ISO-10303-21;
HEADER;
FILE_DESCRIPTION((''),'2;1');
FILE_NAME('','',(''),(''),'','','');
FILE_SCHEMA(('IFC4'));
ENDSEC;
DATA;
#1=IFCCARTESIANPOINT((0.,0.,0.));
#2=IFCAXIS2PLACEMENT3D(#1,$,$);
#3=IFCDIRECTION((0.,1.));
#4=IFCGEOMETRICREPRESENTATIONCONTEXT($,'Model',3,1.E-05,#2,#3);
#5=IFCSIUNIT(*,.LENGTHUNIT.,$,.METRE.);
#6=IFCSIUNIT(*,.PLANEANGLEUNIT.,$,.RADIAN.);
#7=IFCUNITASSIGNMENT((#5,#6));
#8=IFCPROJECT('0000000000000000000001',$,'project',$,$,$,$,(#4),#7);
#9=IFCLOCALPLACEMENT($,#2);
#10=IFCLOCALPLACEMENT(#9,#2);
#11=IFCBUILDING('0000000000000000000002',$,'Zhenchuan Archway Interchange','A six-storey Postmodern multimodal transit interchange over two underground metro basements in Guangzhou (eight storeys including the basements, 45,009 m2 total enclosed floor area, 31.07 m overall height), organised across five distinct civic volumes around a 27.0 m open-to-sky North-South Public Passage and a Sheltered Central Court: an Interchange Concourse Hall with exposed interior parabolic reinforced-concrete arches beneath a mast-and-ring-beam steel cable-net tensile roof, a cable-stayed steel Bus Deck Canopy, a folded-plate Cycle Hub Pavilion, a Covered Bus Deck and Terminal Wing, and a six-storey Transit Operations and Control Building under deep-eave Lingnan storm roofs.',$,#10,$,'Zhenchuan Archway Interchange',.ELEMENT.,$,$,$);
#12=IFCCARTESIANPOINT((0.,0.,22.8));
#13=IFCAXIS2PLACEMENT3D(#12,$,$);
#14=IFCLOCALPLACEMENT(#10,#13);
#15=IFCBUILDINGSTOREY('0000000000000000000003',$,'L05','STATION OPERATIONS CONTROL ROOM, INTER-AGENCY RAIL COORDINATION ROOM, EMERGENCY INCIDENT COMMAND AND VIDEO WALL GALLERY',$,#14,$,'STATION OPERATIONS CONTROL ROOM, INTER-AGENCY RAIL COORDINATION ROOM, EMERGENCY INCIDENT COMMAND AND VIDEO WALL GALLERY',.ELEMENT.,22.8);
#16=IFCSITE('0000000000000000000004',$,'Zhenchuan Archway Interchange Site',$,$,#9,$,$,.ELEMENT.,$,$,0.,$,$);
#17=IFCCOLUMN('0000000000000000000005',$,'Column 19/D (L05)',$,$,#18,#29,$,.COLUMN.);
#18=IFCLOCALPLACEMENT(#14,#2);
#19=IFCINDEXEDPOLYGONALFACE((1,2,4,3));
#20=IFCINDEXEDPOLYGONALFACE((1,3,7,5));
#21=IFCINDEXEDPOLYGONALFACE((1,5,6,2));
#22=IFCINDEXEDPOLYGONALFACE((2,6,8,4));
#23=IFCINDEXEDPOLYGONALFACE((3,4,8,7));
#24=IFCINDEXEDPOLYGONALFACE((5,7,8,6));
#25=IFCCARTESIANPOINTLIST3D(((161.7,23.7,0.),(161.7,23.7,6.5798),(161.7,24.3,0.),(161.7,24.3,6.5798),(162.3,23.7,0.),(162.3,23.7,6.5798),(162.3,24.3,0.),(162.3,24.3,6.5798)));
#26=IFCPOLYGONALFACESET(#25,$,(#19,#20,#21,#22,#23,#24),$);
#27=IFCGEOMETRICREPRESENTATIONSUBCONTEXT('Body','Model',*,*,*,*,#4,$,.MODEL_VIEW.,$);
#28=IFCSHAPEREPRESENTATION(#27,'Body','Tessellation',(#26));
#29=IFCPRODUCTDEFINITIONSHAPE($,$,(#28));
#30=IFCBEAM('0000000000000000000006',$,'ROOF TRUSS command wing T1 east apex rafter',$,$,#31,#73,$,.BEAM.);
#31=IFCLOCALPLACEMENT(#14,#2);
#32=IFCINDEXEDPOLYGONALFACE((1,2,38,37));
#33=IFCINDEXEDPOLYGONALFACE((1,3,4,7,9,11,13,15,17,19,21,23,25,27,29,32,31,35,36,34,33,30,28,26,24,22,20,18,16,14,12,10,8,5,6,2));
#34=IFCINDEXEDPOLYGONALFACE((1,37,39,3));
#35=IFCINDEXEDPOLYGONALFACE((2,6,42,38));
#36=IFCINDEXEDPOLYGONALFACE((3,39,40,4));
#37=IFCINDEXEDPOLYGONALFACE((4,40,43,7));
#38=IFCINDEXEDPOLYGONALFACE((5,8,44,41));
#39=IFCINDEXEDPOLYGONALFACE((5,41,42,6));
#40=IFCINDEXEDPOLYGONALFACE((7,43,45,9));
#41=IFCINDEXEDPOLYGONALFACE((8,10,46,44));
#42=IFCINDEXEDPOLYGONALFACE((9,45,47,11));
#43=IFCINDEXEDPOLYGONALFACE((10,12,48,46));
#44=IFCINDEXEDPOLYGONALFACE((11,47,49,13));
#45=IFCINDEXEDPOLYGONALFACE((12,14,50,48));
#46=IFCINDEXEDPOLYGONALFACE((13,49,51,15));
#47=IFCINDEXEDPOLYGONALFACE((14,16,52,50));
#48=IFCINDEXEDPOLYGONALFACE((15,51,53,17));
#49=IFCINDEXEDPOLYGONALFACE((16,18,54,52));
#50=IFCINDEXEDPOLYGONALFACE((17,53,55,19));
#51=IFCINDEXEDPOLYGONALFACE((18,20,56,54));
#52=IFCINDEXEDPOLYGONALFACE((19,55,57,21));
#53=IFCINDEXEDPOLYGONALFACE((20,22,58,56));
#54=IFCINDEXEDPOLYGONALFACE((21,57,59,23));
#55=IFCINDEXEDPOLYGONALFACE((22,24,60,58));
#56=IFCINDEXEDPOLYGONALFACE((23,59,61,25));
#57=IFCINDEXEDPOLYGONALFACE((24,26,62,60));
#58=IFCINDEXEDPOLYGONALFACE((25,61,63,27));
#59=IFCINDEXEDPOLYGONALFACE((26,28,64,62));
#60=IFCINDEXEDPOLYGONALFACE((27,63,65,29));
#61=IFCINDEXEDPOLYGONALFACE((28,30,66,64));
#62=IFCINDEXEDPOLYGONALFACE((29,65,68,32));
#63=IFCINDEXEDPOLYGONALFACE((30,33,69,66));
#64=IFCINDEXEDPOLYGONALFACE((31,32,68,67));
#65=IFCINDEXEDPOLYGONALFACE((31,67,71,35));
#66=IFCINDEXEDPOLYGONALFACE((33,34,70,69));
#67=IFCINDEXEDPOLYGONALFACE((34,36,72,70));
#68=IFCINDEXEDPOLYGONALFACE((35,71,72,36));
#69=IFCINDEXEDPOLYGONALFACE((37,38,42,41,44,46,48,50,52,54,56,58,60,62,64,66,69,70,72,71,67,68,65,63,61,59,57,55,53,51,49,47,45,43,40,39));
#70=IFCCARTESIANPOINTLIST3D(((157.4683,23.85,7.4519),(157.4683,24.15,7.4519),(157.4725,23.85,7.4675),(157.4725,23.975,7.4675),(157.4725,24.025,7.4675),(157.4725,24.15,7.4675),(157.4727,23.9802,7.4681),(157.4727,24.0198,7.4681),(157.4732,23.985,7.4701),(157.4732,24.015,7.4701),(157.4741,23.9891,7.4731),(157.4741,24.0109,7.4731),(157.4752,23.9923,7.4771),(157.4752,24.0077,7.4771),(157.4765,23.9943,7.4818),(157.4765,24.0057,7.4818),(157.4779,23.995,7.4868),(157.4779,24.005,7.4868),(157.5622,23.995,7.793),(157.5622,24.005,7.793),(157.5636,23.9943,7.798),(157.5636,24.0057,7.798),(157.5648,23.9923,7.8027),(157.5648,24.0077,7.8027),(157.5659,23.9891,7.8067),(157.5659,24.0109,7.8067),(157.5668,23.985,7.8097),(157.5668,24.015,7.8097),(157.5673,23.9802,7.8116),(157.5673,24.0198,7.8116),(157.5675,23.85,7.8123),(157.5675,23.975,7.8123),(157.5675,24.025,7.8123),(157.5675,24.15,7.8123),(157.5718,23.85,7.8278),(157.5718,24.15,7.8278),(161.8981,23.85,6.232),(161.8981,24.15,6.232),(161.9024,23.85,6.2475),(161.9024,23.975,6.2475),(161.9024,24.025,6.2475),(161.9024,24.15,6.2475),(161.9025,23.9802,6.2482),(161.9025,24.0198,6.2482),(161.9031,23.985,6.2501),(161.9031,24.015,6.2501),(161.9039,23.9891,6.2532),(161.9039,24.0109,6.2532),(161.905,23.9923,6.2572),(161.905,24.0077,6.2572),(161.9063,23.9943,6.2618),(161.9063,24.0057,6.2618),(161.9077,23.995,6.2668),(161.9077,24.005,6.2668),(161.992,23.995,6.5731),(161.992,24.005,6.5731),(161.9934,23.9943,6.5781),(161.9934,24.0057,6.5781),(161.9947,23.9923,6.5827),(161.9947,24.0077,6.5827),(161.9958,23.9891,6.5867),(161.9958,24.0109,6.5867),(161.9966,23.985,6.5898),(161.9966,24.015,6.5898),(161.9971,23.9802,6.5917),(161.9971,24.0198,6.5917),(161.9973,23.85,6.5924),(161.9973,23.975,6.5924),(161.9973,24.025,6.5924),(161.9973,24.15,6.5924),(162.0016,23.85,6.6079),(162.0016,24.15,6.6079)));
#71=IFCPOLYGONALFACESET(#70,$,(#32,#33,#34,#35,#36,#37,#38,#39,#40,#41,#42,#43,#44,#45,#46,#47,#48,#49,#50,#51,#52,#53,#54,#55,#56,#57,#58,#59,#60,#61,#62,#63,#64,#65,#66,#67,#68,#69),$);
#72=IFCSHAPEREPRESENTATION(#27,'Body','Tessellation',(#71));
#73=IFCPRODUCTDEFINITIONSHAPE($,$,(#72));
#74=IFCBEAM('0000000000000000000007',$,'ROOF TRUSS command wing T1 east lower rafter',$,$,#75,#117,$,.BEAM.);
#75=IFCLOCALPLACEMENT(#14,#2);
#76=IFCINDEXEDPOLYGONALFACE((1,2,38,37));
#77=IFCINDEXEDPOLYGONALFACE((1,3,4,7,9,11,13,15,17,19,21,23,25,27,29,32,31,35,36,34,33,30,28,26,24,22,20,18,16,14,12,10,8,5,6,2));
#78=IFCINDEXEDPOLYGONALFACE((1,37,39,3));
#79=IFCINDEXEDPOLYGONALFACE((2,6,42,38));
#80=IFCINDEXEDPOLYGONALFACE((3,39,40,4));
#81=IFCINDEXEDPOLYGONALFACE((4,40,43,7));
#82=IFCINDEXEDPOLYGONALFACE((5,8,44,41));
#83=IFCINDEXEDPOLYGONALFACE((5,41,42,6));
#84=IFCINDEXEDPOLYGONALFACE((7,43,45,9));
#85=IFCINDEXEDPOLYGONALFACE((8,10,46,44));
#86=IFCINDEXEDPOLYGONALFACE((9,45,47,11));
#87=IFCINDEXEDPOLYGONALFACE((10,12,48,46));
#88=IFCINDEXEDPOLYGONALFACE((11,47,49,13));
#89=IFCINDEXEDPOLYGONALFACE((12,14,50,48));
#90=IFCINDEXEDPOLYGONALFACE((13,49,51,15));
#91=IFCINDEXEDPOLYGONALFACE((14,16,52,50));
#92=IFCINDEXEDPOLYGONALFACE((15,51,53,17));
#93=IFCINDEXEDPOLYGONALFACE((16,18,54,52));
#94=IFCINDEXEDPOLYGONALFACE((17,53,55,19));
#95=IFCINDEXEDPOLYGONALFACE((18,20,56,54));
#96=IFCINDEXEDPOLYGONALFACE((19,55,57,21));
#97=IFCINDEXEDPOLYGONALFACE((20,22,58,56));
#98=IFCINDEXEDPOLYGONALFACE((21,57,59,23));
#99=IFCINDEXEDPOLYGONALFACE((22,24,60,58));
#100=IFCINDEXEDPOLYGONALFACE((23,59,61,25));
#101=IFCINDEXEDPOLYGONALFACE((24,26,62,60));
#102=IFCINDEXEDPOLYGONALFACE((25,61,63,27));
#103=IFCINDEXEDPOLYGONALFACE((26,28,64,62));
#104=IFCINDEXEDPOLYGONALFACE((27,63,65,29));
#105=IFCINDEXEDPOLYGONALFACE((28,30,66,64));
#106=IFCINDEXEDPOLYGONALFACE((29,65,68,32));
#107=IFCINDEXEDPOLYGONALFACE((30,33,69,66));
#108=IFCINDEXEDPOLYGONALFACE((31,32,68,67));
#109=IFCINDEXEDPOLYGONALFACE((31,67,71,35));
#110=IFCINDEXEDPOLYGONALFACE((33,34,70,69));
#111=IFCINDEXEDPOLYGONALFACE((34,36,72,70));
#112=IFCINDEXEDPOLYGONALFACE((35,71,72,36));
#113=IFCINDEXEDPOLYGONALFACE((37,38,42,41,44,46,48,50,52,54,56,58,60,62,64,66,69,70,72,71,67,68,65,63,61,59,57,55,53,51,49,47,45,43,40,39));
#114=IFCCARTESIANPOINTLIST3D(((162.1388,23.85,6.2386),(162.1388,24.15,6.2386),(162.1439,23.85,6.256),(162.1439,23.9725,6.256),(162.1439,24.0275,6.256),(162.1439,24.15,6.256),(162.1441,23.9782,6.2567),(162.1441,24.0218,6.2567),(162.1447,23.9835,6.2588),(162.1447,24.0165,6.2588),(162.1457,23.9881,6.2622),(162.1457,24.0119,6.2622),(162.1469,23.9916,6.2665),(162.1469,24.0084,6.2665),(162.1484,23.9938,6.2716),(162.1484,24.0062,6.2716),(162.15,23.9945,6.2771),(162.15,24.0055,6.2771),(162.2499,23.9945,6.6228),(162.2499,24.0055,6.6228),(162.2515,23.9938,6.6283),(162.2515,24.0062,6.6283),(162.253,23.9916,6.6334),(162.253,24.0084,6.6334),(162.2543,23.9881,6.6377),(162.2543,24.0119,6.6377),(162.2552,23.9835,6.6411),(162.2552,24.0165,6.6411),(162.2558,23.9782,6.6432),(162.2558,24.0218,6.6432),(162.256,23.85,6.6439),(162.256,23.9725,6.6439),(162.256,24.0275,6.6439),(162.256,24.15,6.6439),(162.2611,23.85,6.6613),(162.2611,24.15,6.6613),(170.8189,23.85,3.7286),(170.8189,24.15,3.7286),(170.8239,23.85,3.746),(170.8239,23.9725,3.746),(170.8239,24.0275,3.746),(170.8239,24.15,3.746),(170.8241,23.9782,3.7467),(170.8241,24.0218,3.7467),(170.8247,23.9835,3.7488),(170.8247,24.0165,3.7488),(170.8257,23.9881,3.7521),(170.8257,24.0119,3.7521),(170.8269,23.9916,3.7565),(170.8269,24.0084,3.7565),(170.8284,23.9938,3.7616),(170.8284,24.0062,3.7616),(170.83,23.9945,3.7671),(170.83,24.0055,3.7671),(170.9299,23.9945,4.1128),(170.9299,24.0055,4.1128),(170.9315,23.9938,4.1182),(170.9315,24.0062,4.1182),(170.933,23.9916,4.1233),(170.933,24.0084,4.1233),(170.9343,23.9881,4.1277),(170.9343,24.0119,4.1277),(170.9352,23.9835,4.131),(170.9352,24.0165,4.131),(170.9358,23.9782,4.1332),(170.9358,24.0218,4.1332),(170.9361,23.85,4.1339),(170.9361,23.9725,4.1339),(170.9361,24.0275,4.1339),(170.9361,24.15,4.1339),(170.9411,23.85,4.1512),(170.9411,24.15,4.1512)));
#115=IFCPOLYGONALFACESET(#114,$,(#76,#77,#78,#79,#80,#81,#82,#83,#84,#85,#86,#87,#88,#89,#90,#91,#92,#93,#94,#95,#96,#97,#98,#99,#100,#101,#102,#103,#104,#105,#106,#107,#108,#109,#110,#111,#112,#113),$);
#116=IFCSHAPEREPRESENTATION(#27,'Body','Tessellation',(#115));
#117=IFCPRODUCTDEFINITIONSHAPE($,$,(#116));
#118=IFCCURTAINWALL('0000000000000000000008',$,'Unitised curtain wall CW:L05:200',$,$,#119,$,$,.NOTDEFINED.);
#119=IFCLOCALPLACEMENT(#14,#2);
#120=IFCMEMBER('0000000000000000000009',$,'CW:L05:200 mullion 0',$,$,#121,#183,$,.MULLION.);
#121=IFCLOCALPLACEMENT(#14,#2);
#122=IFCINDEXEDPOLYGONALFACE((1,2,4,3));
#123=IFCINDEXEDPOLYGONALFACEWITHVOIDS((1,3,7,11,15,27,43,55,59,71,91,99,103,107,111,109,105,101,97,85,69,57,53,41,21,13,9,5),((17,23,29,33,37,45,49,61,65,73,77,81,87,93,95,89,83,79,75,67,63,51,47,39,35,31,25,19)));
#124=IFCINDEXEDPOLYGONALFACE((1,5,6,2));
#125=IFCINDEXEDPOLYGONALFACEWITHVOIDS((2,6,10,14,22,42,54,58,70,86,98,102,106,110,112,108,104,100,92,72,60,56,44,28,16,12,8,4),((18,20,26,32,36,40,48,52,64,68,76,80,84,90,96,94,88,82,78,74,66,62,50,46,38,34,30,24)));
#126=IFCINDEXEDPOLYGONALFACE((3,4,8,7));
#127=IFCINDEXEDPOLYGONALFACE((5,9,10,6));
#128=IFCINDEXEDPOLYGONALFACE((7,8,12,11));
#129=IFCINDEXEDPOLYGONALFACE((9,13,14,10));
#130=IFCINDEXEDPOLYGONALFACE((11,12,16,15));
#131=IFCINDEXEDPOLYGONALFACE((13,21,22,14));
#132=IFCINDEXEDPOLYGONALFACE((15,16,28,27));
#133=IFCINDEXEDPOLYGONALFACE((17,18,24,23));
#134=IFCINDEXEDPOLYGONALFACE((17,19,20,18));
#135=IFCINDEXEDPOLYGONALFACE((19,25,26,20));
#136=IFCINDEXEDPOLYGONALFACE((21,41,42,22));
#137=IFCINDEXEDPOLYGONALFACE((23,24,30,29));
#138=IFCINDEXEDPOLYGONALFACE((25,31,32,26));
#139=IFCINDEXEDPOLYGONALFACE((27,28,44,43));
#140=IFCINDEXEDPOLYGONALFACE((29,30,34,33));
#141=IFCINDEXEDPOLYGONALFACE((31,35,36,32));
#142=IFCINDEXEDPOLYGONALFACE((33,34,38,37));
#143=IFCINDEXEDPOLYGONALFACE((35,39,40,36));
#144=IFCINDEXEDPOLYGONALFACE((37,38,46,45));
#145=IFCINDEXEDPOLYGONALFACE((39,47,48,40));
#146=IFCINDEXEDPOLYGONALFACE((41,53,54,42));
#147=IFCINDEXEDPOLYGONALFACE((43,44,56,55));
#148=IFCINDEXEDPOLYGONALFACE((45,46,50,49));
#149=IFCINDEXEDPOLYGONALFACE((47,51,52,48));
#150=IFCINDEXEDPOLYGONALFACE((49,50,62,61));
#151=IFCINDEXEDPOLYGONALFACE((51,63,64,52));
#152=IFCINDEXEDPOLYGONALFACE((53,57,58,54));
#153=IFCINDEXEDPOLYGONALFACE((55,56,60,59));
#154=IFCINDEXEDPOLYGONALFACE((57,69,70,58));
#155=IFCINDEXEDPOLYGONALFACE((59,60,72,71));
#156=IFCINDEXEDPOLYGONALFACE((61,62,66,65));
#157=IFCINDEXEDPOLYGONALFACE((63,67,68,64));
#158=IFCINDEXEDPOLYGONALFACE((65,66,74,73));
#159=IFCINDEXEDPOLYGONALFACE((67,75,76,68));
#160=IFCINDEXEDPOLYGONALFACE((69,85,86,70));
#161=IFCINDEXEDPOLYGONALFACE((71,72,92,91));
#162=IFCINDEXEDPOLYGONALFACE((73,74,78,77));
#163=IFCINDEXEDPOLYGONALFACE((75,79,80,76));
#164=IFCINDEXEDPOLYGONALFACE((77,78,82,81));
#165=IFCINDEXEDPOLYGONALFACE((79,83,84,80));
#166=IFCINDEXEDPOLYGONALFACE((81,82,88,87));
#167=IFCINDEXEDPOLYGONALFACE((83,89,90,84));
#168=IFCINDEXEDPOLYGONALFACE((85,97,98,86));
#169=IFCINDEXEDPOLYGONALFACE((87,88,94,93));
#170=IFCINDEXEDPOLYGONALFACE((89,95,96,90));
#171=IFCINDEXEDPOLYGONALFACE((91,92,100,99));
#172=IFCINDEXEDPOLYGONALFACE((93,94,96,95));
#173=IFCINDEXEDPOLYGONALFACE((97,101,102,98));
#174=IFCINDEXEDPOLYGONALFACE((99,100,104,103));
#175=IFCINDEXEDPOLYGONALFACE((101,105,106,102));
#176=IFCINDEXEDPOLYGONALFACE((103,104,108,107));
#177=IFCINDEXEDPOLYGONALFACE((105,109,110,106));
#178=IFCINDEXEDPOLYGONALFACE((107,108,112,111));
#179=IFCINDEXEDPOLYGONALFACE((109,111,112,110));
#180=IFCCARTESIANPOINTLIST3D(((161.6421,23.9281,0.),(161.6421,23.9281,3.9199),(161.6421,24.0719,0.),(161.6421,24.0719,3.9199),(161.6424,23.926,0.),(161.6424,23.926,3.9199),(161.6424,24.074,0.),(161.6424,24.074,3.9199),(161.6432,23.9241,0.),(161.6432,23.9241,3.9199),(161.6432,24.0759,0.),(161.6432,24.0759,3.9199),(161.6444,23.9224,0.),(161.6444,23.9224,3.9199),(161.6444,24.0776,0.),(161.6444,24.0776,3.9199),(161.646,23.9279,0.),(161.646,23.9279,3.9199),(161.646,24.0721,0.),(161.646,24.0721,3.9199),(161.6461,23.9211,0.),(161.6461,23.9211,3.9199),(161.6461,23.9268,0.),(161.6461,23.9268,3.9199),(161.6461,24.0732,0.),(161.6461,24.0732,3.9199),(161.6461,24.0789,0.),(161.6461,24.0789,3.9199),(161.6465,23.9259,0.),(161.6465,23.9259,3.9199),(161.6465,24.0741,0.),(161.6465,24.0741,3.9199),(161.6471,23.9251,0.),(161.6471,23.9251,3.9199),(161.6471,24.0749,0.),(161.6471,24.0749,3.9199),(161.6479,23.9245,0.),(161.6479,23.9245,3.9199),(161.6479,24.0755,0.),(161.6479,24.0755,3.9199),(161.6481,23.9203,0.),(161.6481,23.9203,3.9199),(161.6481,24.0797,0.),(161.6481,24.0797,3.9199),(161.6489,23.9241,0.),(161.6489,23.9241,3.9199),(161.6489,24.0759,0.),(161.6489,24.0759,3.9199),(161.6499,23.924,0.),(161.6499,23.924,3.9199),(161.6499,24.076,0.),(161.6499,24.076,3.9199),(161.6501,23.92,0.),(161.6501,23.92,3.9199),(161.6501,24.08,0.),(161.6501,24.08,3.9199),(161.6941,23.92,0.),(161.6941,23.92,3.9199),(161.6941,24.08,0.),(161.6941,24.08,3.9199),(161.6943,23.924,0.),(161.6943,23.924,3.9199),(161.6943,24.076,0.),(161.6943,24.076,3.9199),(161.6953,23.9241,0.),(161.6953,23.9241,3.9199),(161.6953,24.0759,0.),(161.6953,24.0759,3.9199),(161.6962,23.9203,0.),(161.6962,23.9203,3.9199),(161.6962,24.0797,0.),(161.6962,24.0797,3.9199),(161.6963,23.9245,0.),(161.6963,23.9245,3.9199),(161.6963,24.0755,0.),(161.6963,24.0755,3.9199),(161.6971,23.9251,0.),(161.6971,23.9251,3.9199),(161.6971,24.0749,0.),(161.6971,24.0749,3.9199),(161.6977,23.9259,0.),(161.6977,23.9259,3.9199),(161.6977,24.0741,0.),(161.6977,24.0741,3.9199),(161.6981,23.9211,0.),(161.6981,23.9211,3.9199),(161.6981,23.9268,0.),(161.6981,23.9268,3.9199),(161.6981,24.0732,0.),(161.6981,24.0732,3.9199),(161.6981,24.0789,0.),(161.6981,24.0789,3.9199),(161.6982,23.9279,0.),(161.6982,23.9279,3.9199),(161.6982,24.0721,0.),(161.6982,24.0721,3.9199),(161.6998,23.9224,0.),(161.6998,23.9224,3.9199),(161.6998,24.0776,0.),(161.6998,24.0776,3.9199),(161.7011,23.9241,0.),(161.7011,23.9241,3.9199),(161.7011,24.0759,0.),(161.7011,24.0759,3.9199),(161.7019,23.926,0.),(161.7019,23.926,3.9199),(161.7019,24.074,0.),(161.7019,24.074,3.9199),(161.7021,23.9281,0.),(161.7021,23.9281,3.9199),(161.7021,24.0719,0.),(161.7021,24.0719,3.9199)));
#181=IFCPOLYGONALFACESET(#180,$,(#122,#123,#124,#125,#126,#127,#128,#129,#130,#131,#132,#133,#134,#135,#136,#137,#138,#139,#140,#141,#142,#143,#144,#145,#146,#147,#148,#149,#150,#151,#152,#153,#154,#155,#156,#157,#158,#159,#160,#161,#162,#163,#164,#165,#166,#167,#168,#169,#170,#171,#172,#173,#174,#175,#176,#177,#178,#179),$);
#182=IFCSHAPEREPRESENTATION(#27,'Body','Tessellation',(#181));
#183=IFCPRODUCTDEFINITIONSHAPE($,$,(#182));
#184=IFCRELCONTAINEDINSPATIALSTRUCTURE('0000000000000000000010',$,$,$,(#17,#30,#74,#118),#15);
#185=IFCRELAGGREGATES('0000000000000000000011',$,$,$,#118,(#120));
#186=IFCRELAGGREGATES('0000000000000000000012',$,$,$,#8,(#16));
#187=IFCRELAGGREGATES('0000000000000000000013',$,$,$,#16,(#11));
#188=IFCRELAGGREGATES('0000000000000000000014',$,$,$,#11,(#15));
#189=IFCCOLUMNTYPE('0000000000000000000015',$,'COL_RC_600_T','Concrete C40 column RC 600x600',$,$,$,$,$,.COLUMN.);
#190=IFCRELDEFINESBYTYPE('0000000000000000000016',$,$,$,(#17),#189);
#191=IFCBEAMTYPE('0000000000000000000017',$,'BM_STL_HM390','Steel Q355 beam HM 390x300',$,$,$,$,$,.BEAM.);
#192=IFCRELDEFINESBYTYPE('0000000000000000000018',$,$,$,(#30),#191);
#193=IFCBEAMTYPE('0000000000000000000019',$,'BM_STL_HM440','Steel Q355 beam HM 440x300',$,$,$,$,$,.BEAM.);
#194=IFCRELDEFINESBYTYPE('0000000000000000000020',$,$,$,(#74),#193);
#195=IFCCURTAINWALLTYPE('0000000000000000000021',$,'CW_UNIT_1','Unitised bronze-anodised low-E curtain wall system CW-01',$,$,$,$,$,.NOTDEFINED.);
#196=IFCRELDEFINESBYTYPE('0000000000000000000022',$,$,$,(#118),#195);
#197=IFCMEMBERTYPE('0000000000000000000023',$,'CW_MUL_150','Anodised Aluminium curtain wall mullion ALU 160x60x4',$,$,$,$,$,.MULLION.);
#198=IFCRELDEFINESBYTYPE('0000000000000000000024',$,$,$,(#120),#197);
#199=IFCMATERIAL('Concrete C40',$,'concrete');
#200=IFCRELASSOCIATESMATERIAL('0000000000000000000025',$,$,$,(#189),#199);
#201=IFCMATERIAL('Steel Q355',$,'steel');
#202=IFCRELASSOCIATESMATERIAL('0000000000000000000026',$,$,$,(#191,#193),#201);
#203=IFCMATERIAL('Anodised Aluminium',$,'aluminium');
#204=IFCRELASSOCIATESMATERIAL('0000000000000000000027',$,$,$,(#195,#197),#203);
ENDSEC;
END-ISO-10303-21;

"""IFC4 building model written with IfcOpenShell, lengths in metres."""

from ifc_helpers import new_model, si_unit, direction, frame, origin, origin_2d, place, context, subcontext, project, spatial, rectangle, hollow_rectangle, i_section, extrude, material, material_profile, profile_set, type_object, element, aggregate, save


model = new_model("IFC4")

# Units and contexts
model_context = context("Model", 3, precision=1e-05, world=origin(), true_north=direction((0.0, 1.0)))
body_context = subcontext(model_context, "Body", "Model", "MODEL_VIEW")
ifc_project = project(units=[si_unit("LENGTHUNIT", "METRE"), si_unit("PLANEANGLEUNIT", "RADIAN")], contexts=[model_context])

# Site, building, storey
site_placement = place(None, origin())
site = spatial("IfcSite", under=ifc_project, at=site_placement, Name="Zhenchuan Archway Interchange Site", CompositionType="ELEMENT", RefElevation=0.0)
building_placement = place(site_placement, origin())
building = spatial("IfcBuilding", under=site, at=building_placement, Name="Zhenchuan Archway Interchange", Description="A six-storey Postmodern multimodal transit interchange over two underground metro basements in Guangzhou (eight storeys including the basements, 45,009 m2 total enclosed floor area, 31.07 m overall height), organised across five distinct civic volumes around a 27.0 m open-to-sky North-South Public Passage and a Sheltered Central Court: an Interchange Concourse Hall with exposed interior parabolic reinforced-concrete arches beneath a mast-and-ring-beam steel cable-net tensile roof, a cable-stayed steel Bus Deck Canopy, a folded-plate Cycle Hub Pavilion, a Covered Bus Deck and Terminal Wing, and a six-storey Transit Operations and Control Building under deep-eave Lingnan storm roofs.", LongName="Zhenchuan Archway Interchange", CompositionType="ELEMENT")
storey_placement = place(building_placement, frame((0.0, 0.0, 22.8)))
storey = spatial("IfcBuildingStorey", under=building, at=storey_placement, Name="L05", Description="STATION OPERATIONS CONTROL ROOM, INTER-AGENCY RAIL COORDINATION ROOM, EMERGENCY INCIDENT COMMAND AND VIDEO WALL GALLERY", LongName="STATION OPERATIONS CONTROL ROOM, INTER-AGENCY RAIL COORDINATION ROOM, EMERGENCY INCIDENT COMMAND AND VIDEO WALL GALLERY", CompositionType="ELEMENT", Elevation=22.8)

# Column
ifc_material_1 = material(Name="Concrete C40", Category="concrete")
ifc_material_profile_1 = material_profile(ifc_material_1, rectangle(XDim=0.6001, YDim=0.6001, at=origin_2d()), Name="RC 600x600")
ifc_profile_set_1 = profile_set([ifc_material_profile_1], Name="Concrete C40")
column_type = type_object("IfcColumnType", Name="COL_RC_600_T", Description="Concrete C40 column RC 600x600", PredefinedType="COLUMN", material=ifc_profile_set_1)
column_placement = place(storey_placement, frame((162.0, 24.0, 0.0), z_axis=(0.0, 0.0, 1.0), x_axis=(1.0, 0.0, 0.0)))
element("IfcColumn", 1, at=column_placement, inside=storey, type_object=column_type, Name="Column 19/D (L05)", PredefinedType="COLUMN", context=body_context, shape_type="SweptSolid", body=[
    extrude(rectangle(XDim=0.6001, YDim=0.6001, at=origin_2d()), origin(), (0.0, 0.0, 1.0), 6.5798),
])

# Beams
ifc_material_2 = material(Name="Steel Q355", Category="steel")
ifc_material_profile_2 = material_profile(ifc_material_2, i_section(OverallWidth=0.3, OverallDepth=0.3899, WebThickness=0.01, FlangeThickness=0.0161, FilletRadius=0.02, at=origin_2d()), Name="HM 390x300")
ifc_profile_set_2 = profile_set([ifc_material_profile_2], Name="Steel Q355")
beam_type_1 = type_object("IfcBeamType", Name="BM_STL_HM390", Description="Steel Q355 beam HM 390x300", PredefinedType="BEAM", material=ifc_profile_set_2)
beam_1_placement = place(storey_placement, frame((157.52, 24.0, 7.6399), z_axis=(0.964109, 0.0, -0.265508), x_axis=(0.0, 1.0, 0.0)))
element("IfcBeam", 2, at=beam_1_placement, inside=storey, type_object=beam_type_1, Name="ROOF TRUSS command wing T1 east apex rafter", PredefinedType="BEAM", context=body_context, shape_type="SweptSolid", body=[
    extrude(i_section(OverallWidth=0.3, OverallDepth=0.3899, WebThickness=0.01, FlangeThickness=0.0161, FilletRadius=0.02, at=origin_2d()), origin(), (0.0, 0.0, 1.0), 4.5947),
])
ifc_material_profile_3 = material_profile(ifc_material_2, i_section(OverallWidth=0.3, OverallDepth=0.4399, WebThickness=0.011, FlangeThickness=0.0181, FilletRadius=0.022, at=origin_2d()), Name="HM 440x300")
ifc_profile_set_3 = profile_set([ifc_material_profile_3], Name="Steel Q355")
beam_type_2 = type_object("IfcBeamType", Name="BM_STL_HM440", Description="Steel Q355 beam HM 440x300", PredefinedType="BEAM", material=ifc_profile_set_3)
beam_2_placement = place(storey_placement, frame((162.2, 24.0, 6.45), z_axis=(0.960641, 0.0, -0.277792), x_axis=(0.0, 1.0, 0.0)))
element("IfcBeam", 3, at=beam_2_placement, inside=storey, type_object=beam_type_2, Name="ROOF TRUSS command wing T1 east lower rafter", PredefinedType="BEAM", context=body_context, shape_type="SweptSolid", body=[
    extrude(i_section(OverallWidth=0.3, OverallDepth=0.4399, WebThickness=0.011, FlangeThickness=0.0181, FilletRadius=0.022, at=origin_2d()), origin(), (0.0, 0.0, 1.0), 9.0356),
])

# Curtain wall, member
ifc_material_3 = material(Name="Anodised Aluminium", Category="aluminium")
curtain_wall_type = type_object("IfcCurtainWallType", Name="CW_UNIT_1", Description="Unitised bronze-anodised low-E curtain wall system CW-01", PredefinedType="NOTDEFINED", material=ifc_material_3)
curtain_wall_placement = place(storey_placement, origin())
curtain_wall = element("IfcCurtainWall", 4, at=curtain_wall_placement, inside=storey, type_object=curtain_wall_type, Name="Unitised curtain wall CW:L05:200", PredefinedType="NOTDEFINED")
ifc_material_profile_4 = material_profile(ifc_material_3, hollow_rectangle(XDim=0.0601, YDim=0.1599, WallThickness=0.0039, InnerFilletRadius=0.0039, OuterFilletRadius=0.0081, at=origin_2d()), Name="ALU 160x60x4")
ifc_profile_set_4 = profile_set([ifc_material_profile_4], Name="Anodised Aluminium")
member_type_1 = type_object("IfcMemberType", Name="CW_MUL_150", Description="Anodised Aluminium curtain wall mullion ALU 160x60x4", PredefinedType="MULLION", material=ifc_profile_set_4)
member_1_placement = place(storey_placement, frame((161.6721, 24.0, 0.0), z_axis=(0.0, 0.0, 1.0), x_axis=(1.0, 0.0, 0.0)))
member_1 = element("IfcMember", 5, at=member_1_placement, type_object=member_type_1, Name="CW:L05:200 mullion 0", PredefinedType="MULLION", context=body_context, shape_type="SweptSolid", body=[
    extrude(hollow_rectangle(XDim=0.0601, YDim=0.1599, WallThickness=0.0039, InnerFilletRadius=0.0039, OuterFilletRadius=0.0081, at=origin_2d()), origin(), (0.0, 0.0, 1.0), 3.9199),
])

aggregate(curtain_wall, [member_1])

save(model, "model.ifc")
